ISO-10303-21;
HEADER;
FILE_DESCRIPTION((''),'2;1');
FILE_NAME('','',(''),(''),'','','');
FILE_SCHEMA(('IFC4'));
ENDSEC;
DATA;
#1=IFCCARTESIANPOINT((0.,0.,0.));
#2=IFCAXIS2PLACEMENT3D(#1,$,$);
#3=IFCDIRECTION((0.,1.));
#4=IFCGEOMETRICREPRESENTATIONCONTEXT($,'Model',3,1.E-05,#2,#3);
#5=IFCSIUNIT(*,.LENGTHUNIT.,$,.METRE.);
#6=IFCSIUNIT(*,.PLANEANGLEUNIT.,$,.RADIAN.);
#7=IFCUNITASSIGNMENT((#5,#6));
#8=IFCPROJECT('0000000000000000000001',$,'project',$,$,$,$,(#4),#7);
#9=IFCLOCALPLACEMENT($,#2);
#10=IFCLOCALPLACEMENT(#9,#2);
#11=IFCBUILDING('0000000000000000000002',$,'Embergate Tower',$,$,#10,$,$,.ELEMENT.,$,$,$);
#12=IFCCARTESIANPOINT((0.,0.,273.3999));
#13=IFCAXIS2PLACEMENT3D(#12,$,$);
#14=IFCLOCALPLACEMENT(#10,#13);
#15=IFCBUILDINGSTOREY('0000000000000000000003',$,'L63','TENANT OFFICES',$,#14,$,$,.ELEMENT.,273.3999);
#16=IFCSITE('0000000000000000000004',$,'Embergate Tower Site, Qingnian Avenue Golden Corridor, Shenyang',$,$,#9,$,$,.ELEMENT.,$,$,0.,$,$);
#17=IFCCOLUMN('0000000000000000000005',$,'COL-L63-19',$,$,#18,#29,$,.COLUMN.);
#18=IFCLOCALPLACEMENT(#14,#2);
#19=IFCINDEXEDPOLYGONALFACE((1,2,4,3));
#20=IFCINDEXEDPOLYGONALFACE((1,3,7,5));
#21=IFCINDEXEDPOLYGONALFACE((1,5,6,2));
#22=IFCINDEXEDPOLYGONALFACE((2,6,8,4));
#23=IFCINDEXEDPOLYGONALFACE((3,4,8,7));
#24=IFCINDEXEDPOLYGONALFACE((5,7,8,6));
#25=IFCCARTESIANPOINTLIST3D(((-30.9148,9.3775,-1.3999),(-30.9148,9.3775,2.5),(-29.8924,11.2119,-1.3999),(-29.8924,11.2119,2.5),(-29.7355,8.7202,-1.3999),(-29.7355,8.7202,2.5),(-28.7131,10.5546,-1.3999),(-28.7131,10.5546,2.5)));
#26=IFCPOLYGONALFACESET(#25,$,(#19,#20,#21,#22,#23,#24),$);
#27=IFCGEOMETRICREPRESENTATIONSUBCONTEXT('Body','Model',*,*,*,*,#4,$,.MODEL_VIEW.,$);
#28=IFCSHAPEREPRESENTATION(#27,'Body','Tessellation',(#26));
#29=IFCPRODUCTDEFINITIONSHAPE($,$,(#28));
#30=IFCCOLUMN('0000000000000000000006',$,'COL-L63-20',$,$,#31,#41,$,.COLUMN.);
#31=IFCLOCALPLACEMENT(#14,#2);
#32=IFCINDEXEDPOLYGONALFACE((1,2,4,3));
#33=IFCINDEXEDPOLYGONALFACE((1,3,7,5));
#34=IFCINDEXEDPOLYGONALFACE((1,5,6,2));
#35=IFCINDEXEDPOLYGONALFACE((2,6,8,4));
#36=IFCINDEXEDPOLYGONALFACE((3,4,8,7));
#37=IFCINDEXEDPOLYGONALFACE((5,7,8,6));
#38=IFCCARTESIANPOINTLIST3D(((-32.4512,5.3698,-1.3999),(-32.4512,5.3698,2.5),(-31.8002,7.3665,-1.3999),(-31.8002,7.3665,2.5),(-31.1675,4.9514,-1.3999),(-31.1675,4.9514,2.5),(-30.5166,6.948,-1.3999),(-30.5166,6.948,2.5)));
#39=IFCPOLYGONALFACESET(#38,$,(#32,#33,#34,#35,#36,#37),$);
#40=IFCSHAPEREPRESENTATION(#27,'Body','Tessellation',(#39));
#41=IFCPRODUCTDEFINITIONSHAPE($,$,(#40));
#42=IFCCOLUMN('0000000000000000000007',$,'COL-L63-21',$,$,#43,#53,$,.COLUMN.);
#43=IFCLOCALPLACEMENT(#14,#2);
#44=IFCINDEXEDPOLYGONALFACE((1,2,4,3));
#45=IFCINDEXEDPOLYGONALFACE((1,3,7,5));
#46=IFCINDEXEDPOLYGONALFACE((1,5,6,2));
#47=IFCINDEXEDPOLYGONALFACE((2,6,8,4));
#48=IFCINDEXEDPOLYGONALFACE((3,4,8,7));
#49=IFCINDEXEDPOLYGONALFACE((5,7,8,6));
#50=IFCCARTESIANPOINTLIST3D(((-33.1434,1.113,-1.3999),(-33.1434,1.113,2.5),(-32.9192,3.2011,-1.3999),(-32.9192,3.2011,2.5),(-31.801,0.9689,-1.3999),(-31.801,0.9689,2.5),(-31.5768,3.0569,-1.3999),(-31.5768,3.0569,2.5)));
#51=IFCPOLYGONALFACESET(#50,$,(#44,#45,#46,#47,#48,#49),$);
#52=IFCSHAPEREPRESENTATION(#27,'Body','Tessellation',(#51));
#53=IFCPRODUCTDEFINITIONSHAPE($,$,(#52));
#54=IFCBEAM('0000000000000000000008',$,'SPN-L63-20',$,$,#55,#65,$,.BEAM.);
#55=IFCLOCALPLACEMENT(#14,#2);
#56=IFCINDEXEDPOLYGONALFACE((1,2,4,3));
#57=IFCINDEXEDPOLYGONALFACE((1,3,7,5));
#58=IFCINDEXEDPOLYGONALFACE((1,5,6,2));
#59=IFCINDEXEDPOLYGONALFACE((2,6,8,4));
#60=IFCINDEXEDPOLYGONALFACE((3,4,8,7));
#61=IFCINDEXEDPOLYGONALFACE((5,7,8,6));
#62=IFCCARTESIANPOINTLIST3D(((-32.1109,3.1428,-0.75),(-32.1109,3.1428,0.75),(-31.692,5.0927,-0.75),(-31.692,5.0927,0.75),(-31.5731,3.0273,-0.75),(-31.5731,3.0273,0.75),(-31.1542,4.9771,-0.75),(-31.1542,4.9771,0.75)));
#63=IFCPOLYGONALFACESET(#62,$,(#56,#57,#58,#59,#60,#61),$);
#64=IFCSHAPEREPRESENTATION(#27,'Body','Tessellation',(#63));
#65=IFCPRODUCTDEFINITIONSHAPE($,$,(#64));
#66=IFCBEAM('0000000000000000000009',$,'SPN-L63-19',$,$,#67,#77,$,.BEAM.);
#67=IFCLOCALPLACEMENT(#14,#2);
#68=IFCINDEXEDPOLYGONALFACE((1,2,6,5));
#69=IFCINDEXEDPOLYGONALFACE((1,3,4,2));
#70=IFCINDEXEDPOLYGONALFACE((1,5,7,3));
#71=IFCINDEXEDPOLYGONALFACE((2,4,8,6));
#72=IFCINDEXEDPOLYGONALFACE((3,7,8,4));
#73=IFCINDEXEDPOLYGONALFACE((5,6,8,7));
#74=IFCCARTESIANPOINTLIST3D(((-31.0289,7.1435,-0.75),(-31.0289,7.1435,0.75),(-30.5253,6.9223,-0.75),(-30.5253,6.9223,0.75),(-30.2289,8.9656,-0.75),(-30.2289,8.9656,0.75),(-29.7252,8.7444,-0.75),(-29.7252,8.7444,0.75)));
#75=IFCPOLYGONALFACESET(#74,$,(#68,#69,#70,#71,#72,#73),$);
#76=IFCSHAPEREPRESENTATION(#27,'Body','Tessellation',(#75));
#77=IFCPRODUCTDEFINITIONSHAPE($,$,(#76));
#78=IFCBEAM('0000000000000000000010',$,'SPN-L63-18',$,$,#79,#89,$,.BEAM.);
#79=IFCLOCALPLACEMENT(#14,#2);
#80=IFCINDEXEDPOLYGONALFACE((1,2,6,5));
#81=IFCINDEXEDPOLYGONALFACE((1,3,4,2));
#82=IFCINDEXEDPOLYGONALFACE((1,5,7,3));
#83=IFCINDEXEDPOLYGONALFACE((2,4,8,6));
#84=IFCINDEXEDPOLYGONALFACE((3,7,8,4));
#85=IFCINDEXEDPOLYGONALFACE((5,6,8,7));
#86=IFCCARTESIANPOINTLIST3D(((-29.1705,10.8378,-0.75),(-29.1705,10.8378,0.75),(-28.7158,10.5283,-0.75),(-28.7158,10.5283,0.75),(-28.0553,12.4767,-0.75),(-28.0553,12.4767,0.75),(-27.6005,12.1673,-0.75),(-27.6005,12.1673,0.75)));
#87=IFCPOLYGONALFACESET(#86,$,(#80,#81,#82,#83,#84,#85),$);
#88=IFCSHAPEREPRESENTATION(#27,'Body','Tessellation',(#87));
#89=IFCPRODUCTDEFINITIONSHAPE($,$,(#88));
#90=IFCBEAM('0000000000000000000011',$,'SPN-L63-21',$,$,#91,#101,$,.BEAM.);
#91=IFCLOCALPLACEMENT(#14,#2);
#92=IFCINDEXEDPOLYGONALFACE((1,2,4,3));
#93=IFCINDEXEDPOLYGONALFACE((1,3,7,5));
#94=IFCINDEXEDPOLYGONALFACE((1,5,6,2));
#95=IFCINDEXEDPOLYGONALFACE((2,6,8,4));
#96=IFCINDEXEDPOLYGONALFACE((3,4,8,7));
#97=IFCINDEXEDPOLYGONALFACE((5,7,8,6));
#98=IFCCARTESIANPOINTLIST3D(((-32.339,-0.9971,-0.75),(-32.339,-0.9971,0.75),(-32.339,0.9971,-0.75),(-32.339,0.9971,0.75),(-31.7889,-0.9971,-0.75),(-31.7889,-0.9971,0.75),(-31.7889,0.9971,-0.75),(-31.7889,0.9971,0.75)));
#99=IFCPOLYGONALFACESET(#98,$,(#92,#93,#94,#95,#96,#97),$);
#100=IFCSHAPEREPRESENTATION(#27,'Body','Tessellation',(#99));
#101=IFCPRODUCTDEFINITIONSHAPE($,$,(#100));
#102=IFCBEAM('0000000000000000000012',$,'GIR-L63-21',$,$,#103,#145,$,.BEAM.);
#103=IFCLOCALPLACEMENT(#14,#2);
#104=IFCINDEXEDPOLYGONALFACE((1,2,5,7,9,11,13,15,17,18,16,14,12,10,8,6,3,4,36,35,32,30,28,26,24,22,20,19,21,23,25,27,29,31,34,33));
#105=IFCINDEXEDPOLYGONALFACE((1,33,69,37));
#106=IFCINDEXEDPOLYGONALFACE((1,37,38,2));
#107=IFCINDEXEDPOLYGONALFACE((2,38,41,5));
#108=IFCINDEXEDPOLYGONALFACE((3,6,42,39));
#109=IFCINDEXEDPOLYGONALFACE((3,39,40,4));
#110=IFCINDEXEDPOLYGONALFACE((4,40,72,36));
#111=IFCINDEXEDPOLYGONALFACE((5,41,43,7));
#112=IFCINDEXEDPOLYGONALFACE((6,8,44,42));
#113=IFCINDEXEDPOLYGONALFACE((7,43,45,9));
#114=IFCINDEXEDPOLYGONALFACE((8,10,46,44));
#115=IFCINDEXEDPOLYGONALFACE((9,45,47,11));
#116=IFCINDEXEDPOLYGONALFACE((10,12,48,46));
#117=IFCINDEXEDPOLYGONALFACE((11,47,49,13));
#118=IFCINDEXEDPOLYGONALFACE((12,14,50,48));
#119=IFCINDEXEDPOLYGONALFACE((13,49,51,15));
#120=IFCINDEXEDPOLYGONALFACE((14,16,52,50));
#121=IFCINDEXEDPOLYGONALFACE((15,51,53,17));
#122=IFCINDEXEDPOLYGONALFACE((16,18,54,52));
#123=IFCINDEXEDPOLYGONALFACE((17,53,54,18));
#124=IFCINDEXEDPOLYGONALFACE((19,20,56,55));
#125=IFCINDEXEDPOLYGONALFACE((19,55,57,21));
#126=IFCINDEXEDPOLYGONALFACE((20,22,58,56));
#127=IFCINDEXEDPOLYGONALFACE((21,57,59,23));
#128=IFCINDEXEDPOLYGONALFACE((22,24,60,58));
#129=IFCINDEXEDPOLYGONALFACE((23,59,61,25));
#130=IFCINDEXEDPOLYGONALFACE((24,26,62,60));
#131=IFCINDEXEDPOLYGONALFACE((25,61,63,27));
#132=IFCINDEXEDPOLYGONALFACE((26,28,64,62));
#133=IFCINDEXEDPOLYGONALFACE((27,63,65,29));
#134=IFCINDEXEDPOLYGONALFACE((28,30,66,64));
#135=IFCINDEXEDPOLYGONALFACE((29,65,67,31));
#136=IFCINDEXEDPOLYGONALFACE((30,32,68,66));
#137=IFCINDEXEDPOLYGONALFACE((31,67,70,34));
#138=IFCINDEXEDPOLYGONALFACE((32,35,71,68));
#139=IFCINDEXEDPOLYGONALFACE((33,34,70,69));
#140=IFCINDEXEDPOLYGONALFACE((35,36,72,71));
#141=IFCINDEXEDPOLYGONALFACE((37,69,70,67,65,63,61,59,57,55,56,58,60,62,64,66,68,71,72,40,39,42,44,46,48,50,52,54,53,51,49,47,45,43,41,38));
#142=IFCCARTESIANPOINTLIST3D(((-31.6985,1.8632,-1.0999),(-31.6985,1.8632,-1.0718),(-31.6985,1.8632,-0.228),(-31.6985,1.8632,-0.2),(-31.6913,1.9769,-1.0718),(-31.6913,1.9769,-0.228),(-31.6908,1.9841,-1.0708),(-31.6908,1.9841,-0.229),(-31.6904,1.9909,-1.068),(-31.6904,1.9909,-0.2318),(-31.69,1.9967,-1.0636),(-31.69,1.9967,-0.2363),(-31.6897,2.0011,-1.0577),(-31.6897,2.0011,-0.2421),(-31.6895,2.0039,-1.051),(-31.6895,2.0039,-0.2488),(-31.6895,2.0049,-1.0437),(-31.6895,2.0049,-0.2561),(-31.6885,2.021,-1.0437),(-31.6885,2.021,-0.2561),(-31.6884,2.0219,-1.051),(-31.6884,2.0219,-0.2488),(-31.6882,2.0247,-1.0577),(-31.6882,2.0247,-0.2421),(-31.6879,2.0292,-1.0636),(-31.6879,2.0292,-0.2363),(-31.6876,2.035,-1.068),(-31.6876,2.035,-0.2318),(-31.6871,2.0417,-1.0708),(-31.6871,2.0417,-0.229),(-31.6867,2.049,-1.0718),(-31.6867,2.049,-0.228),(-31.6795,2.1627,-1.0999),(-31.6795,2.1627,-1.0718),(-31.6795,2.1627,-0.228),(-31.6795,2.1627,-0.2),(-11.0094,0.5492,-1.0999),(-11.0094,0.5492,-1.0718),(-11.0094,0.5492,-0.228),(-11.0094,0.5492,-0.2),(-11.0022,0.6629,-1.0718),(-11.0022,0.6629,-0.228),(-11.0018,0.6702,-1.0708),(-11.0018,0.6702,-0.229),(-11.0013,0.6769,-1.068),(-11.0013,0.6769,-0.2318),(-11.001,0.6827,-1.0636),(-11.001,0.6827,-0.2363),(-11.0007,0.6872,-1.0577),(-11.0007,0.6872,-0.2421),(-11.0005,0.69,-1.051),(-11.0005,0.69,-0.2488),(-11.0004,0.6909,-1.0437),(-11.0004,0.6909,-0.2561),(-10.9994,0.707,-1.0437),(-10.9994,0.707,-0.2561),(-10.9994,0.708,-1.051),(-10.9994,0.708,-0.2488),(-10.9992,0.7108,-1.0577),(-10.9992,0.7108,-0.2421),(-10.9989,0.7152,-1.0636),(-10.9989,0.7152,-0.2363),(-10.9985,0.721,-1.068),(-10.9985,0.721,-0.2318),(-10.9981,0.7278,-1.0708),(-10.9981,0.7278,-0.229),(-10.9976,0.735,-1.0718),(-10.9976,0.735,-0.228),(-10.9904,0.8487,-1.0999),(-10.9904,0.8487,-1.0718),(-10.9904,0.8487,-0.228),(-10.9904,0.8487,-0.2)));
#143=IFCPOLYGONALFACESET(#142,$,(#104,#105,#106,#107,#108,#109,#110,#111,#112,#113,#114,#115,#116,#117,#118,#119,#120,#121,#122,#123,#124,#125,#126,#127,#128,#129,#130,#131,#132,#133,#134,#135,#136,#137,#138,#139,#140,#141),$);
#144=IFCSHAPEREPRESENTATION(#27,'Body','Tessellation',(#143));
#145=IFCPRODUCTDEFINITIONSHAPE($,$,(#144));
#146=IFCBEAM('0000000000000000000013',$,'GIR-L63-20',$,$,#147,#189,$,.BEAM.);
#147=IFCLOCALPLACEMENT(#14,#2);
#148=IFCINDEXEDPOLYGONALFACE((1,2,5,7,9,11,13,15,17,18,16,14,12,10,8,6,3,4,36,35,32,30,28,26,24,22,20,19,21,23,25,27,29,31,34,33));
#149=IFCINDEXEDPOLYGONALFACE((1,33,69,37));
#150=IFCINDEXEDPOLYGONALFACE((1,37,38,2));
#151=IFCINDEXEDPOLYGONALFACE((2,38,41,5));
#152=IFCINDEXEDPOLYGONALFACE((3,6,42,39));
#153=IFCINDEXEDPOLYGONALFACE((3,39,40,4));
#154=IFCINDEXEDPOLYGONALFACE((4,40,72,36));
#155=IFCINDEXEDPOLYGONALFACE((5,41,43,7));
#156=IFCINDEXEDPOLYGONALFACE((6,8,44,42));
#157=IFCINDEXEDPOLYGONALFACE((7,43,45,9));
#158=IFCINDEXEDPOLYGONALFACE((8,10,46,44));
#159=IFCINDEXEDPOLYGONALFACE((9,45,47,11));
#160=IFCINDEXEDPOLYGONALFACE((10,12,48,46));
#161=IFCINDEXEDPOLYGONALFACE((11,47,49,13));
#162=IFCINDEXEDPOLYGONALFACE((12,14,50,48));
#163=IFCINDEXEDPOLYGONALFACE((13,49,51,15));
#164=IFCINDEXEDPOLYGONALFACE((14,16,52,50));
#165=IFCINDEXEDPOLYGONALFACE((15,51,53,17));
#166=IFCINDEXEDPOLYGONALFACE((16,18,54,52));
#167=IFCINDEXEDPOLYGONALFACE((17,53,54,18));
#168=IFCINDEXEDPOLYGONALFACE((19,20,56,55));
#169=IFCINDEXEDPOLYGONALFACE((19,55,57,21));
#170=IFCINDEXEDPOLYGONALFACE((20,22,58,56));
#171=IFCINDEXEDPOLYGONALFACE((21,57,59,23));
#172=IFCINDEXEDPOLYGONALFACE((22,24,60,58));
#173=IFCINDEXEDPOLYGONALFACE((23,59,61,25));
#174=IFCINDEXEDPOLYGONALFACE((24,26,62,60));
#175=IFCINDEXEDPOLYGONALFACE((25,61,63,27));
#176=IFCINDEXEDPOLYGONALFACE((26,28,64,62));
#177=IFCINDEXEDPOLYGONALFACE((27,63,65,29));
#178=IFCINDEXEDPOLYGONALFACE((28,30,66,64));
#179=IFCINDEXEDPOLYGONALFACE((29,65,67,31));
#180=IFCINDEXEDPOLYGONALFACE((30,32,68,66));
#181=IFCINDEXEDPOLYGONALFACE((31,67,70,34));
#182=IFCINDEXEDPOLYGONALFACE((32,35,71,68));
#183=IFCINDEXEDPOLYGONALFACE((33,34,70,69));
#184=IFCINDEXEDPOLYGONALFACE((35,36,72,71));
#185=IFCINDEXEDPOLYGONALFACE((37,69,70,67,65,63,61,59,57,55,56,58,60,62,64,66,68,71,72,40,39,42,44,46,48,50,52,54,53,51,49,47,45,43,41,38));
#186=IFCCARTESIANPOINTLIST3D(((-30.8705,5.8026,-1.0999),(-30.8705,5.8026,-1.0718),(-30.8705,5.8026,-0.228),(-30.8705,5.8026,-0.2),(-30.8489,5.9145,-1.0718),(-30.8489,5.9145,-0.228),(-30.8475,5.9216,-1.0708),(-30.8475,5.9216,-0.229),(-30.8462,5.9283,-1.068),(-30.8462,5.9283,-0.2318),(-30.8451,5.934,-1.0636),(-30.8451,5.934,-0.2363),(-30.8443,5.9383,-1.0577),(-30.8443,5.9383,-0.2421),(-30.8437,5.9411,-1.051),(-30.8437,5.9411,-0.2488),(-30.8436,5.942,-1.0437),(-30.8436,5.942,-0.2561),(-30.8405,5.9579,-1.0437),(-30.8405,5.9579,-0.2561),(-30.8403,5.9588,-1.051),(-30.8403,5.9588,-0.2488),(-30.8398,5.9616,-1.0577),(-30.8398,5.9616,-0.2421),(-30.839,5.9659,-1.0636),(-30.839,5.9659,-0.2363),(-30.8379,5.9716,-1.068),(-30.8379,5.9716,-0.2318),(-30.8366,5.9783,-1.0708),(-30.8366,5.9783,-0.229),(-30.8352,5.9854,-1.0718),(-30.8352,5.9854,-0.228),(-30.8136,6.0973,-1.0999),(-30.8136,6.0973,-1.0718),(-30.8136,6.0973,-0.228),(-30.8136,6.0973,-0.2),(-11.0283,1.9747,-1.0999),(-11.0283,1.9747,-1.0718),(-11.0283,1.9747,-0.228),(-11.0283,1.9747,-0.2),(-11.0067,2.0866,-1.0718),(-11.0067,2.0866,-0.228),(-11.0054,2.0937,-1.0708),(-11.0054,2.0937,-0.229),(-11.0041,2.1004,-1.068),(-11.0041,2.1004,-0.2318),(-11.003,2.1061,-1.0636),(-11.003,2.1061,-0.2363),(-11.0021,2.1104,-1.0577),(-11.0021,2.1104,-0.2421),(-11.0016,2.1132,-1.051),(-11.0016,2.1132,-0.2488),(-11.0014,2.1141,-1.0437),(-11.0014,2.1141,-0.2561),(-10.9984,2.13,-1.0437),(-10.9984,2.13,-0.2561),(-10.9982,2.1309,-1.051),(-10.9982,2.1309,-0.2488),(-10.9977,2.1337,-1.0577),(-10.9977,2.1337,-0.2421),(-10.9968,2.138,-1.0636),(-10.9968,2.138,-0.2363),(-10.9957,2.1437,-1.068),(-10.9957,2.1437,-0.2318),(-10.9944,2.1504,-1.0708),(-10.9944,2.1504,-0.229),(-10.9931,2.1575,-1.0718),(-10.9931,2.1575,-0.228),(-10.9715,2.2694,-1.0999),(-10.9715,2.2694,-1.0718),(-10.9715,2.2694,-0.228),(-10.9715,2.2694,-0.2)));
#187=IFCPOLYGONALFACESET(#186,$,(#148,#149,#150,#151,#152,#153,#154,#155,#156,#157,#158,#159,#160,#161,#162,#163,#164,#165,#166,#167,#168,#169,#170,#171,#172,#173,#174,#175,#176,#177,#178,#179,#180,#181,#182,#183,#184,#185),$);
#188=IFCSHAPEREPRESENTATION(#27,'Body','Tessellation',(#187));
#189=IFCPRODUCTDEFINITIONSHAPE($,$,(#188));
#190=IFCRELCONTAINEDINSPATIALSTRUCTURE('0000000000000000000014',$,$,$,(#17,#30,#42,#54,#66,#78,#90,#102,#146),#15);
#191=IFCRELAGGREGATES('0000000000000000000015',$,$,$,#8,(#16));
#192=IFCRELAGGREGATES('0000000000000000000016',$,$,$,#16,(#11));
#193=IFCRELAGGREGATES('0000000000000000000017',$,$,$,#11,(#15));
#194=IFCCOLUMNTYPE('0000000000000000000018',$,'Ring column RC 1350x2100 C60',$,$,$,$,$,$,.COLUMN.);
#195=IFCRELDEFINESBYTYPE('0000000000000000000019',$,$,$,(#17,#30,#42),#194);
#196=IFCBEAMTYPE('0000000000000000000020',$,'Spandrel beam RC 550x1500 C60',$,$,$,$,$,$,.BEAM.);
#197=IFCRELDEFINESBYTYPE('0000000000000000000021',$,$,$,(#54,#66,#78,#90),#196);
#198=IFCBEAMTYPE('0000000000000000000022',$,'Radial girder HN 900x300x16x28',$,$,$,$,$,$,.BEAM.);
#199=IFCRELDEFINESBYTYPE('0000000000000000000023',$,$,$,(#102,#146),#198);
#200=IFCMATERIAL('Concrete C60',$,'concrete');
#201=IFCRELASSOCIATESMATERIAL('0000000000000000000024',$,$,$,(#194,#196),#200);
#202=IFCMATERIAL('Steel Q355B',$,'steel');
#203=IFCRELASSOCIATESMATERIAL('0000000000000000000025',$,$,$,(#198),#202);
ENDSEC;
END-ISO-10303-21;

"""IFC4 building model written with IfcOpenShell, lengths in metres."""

from ifc_helpers import new_model, si_unit, direction, frame, origin, origin_2d, place, context, subcontext, project, spatial, rectangle, i_section, extrude, source, transform, mapped, material, material_profile, profile_set, type_object, element, save


model = new_model("IFC4")

# Units and contexts
model_context = context("Model", 3, precision=1e-05, world=origin(), true_north=direction((0.0, 1.0)))
body_context = subcontext(model_context, "Body", "Model", "MODEL_VIEW")
ifc_project = project(units=[si_unit("LENGTHUNIT", "METRE"), si_unit("PLANEANGLEUNIT", "RADIAN")], contexts=[model_context])

# Site, building, storey
site_placement = place(None, origin())
site = spatial("IfcSite", under=ifc_project, at=site_placement, Name="Embergate Tower Site, Qingnian Avenue Golden Corridor, Shenyang", CompositionType="ELEMENT", RefElevation=0.0)
building_placement = place(site_placement, origin())
building = spatial("IfcBuilding", under=site, at=building_placement, Name="Embergate Tower", CompositionType="ELEMENT")
storey_placement = place(building_placement, frame((0.0, 0.0, 273.3999)))
storey = spatial("IfcBuildingStorey", under=building, at=storey_placement, Name="L63", Description="TENANT OFFICES", CompositionType="ELEMENT", Elevation=273.3999)

# Columns
ifc_material_1 = material(Name="Concrete C60", Category="concrete")
ifc_material_profile_1 = material_profile(ifc_material_1, rectangle(XDim=1.3501, YDim=2.1001, at=origin_2d()), Name="RC 1350x2100")
ifc_profile_set_1 = profile_set([ifc_material_profile_1], Name="Concrete C60")
column_type = type_object("IfcColumnType", Name="Ring column RC 1350x2100 C60", PredefinedType="COLUMN", material=ifc_profile_set_1)
shared_shape_1 = source(origin(), body_context, "Body", "SweptSolid", [
    extrude(rectangle(XDim=1.3501, YDim=2.1001, at=origin_2d()), origin(), (0.0, 0.0, 1.0), 3.8999),
])
for number, where, z_axis, x_axis, name in (
    (1, (-29.814, 9.9661, -1.3999), (0.0, 0.0, 1.0), (-0.873492, 0.486839, 0.0), "COL-L63-19"),
    (2, (-31.4839, 6.1589, -1.3999), (0.0, 0.0, 1.0), (-0.950754, 0.309946, 0.0), "COL-L63-20"),
    (3, (-32.3601, 2.085, -1.3999), (0.0, 0.0, 1.0), (-0.994286, 0.10675, 0.0), "COL-L63-21"),
):
    element("IfcColumn", number, at=place(storey_placement, frame(where, z_axis=z_axis, x_axis=x_axis)), inside=storey, type_object=column_type, Name=name, PredefinedType="COLUMN", context=body_context, shape_type="MappedRepresentation", body=[
        mapped(shared_shape_1, transform((0.0, 0.0, 0.0))),
    ])

# Beams
ifc_material_profile_2 = material_profile(ifc_material_1, rectangle(XDim=0.55, YDim=1.5, at=origin_2d()), Name="RC 550x1500")
ifc_profile_set_2 = profile_set([ifc_material_profile_2], Name="Concrete C60")
beam_type_1 = type_object("IfcBeamType", Name="Spandrel beam RC 550x1500 C60", PredefinedType="BEAM", material=ifc_profile_set_2)
shared_shape_2 = source(origin(), body_context, "Body", "SweptSolid", [
    extrude(rectangle(XDim=0.55, YDim=1.5, at=origin_2d()), origin(), (0.0, 0.0, 1.0), 1.9944),
])
beam_1_placement = place(storey_placement, frame((-31.4231, 5.0349, 0.0), z_axis=(-0.210056, -0.977689, 0.0), x_axis=(0.977689, -0.210056, 0.0)))
element("IfcBeam", 4, at=beam_1_placement, inside=storey, type_object=beam_type_1, Name="SPN-L63-20", PredefinedType="BEAM", context=body_context, shape_type="MappedRepresentation", body=[
    mapped(shared_shape_2, transform((0.0, 0.0, 0.0))),
])
shared_shape_3 = source(origin(), body_context, "Body", "SweptSolid", [
    extrude(rectangle(XDim=0.55, YDim=1.5, at=origin_2d()), origin(), (0.0, 0.0, 1.0), 1.99),
])
beam_2_placement = place(storey_placement, frame((-29.9771, 8.855, 0.0), z_axis=(-0.402048, -0.915619, 0.0), x_axis=(0.915619, -0.402048, 0.0)))
element("IfcBeam", 5, at=beam_2_placement, inside=storey, type_object=beam_type_1, Name="SPN-L63-19", PredefinedType="BEAM", context=body_context, shape_type="MappedRepresentation", body=[
    mapped(shared_shape_3, transform((0.0, 0.0, 0.0))),
])
shared_shape_4 = source(origin(), body_context, "Body", "SweptSolid", [
    extrude(rectangle(XDim=0.55, YDim=1.5, at=origin_2d()), origin(), (0.0, 0.0, 1.0), 1.9824),
])
beam_3_placement = place(storey_placement, frame((-27.8279, 12.322, 0.0), z_axis=(-0.562576, -0.826745, 0.0), x_axis=(0.826745, -0.562576, 0.0)))
element("IfcBeam", 6, at=beam_3_placement, inside=storey, type_object=beam_type_1, Name="SPN-L63-18", PredefinedType="BEAM", context=body_context, shape_type="MappedRepresentation", body=[
    mapped(shared_shape_4, transform((0.0, 0.0, 0.0))),
])
shared_shape_5 = source(origin(), body_context, "Body", "SweptSolid", [
    extrude(rectangle(XDim=0.55, YDim=1.5, at=origin_2d()), origin(), (0.0, 0.0, 1.0), 1.9941),
])
beam_4_placement = place(storey_placement, frame((-32.064, 0.9971, 0.0), z_axis=(0.0, -1.0, 0.0), x_axis=(1.0, 0.0, 0.0)))
element("IfcBeam", 7, at=beam_4_placement, inside=storey, type_object=beam_type_1, Name="SPN-L63-21", PredefinedType="BEAM", context=body_context, shape_type="MappedRepresentation", body=[
    mapped(shared_shape_5, transform((0.0, 0.0, 0.0))),
])
ifc_material_2 = material(Name="Steel Q355B", Category="steel")
ifc_material_profile_3 = material_profile(ifc_material_2, i_section(OverallWidth=0.3, OverallDepth=0.8999, WebThickness=0.0161, FlangeThickness=0.0281, FilletRadius=0.0281, at=origin_2d()), Name="HN 900x300x16x28")
ifc_profile_set_3 = profile_set([ifc_material_profile_3], Name="Steel Q355 grade B")
beam_type_2 = type_object("IfcBeamType", Name="Radial girder HN 900x300x16x28", PredefinedType="BEAM", material=ifc_profile_set_3)
shared_shape_6 = source(origin(), body_context, "Body", "SweptSolid", [
    extrude(i_section(OverallWidth=0.3, OverallDepth=0.8999, WebThickness=0.0161, FlangeThickness=0.0281, FilletRadius=0.0281, at=origin_2d()), origin(), (0.0, 0.0, 1.0), 20.7307),
])
beam_5_placement = place(storey_placement, frame((-31.689, 2.0129, -0.6499), z_axis=(0.997989, -0.063383, 0.0), x_axis=(0.063383, 0.997989, 0.0)))
element("IfcBeam", 8, at=beam_5_placement, inside=storey, type_object=beam_type_2, Name="GIR-L63-21", PredefinedType="BEAM", context=body_context, shape_type="MappedRepresentation", body=[
    mapped(shared_shape_6, transform((0.0, 0.0, 0.0))),
])
shared_shape_7 = source(origin(), body_context, "Body", "SweptSolid", [
    extrude(i_section(OverallWidth=0.3, OverallDepth=0.8999, WebThickness=0.0161, FlangeThickness=0.0281, FilletRadius=0.0281, at=origin_2d()), origin(), (0.0, 0.0, 1.0), 20.208),
])
beam_6_placement = place(storey_placement, frame((-30.842, 5.95, -0.6499), z_axis=(0.981895, -0.189425, 0.0), x_axis=(0.189425, 0.981895, 0.0)))
element("IfcBeam", 9, at=beam_6_placement, inside=storey, type_object=beam_type_2, Name="GIR-L63-20", PredefinedType="BEAM", context=body_context, shape_type="MappedRepresentation", body=[
    mapped(shared_shape_7, transform((0.0, 0.0, 0.0))),
])

save(model, "model.ifc")
